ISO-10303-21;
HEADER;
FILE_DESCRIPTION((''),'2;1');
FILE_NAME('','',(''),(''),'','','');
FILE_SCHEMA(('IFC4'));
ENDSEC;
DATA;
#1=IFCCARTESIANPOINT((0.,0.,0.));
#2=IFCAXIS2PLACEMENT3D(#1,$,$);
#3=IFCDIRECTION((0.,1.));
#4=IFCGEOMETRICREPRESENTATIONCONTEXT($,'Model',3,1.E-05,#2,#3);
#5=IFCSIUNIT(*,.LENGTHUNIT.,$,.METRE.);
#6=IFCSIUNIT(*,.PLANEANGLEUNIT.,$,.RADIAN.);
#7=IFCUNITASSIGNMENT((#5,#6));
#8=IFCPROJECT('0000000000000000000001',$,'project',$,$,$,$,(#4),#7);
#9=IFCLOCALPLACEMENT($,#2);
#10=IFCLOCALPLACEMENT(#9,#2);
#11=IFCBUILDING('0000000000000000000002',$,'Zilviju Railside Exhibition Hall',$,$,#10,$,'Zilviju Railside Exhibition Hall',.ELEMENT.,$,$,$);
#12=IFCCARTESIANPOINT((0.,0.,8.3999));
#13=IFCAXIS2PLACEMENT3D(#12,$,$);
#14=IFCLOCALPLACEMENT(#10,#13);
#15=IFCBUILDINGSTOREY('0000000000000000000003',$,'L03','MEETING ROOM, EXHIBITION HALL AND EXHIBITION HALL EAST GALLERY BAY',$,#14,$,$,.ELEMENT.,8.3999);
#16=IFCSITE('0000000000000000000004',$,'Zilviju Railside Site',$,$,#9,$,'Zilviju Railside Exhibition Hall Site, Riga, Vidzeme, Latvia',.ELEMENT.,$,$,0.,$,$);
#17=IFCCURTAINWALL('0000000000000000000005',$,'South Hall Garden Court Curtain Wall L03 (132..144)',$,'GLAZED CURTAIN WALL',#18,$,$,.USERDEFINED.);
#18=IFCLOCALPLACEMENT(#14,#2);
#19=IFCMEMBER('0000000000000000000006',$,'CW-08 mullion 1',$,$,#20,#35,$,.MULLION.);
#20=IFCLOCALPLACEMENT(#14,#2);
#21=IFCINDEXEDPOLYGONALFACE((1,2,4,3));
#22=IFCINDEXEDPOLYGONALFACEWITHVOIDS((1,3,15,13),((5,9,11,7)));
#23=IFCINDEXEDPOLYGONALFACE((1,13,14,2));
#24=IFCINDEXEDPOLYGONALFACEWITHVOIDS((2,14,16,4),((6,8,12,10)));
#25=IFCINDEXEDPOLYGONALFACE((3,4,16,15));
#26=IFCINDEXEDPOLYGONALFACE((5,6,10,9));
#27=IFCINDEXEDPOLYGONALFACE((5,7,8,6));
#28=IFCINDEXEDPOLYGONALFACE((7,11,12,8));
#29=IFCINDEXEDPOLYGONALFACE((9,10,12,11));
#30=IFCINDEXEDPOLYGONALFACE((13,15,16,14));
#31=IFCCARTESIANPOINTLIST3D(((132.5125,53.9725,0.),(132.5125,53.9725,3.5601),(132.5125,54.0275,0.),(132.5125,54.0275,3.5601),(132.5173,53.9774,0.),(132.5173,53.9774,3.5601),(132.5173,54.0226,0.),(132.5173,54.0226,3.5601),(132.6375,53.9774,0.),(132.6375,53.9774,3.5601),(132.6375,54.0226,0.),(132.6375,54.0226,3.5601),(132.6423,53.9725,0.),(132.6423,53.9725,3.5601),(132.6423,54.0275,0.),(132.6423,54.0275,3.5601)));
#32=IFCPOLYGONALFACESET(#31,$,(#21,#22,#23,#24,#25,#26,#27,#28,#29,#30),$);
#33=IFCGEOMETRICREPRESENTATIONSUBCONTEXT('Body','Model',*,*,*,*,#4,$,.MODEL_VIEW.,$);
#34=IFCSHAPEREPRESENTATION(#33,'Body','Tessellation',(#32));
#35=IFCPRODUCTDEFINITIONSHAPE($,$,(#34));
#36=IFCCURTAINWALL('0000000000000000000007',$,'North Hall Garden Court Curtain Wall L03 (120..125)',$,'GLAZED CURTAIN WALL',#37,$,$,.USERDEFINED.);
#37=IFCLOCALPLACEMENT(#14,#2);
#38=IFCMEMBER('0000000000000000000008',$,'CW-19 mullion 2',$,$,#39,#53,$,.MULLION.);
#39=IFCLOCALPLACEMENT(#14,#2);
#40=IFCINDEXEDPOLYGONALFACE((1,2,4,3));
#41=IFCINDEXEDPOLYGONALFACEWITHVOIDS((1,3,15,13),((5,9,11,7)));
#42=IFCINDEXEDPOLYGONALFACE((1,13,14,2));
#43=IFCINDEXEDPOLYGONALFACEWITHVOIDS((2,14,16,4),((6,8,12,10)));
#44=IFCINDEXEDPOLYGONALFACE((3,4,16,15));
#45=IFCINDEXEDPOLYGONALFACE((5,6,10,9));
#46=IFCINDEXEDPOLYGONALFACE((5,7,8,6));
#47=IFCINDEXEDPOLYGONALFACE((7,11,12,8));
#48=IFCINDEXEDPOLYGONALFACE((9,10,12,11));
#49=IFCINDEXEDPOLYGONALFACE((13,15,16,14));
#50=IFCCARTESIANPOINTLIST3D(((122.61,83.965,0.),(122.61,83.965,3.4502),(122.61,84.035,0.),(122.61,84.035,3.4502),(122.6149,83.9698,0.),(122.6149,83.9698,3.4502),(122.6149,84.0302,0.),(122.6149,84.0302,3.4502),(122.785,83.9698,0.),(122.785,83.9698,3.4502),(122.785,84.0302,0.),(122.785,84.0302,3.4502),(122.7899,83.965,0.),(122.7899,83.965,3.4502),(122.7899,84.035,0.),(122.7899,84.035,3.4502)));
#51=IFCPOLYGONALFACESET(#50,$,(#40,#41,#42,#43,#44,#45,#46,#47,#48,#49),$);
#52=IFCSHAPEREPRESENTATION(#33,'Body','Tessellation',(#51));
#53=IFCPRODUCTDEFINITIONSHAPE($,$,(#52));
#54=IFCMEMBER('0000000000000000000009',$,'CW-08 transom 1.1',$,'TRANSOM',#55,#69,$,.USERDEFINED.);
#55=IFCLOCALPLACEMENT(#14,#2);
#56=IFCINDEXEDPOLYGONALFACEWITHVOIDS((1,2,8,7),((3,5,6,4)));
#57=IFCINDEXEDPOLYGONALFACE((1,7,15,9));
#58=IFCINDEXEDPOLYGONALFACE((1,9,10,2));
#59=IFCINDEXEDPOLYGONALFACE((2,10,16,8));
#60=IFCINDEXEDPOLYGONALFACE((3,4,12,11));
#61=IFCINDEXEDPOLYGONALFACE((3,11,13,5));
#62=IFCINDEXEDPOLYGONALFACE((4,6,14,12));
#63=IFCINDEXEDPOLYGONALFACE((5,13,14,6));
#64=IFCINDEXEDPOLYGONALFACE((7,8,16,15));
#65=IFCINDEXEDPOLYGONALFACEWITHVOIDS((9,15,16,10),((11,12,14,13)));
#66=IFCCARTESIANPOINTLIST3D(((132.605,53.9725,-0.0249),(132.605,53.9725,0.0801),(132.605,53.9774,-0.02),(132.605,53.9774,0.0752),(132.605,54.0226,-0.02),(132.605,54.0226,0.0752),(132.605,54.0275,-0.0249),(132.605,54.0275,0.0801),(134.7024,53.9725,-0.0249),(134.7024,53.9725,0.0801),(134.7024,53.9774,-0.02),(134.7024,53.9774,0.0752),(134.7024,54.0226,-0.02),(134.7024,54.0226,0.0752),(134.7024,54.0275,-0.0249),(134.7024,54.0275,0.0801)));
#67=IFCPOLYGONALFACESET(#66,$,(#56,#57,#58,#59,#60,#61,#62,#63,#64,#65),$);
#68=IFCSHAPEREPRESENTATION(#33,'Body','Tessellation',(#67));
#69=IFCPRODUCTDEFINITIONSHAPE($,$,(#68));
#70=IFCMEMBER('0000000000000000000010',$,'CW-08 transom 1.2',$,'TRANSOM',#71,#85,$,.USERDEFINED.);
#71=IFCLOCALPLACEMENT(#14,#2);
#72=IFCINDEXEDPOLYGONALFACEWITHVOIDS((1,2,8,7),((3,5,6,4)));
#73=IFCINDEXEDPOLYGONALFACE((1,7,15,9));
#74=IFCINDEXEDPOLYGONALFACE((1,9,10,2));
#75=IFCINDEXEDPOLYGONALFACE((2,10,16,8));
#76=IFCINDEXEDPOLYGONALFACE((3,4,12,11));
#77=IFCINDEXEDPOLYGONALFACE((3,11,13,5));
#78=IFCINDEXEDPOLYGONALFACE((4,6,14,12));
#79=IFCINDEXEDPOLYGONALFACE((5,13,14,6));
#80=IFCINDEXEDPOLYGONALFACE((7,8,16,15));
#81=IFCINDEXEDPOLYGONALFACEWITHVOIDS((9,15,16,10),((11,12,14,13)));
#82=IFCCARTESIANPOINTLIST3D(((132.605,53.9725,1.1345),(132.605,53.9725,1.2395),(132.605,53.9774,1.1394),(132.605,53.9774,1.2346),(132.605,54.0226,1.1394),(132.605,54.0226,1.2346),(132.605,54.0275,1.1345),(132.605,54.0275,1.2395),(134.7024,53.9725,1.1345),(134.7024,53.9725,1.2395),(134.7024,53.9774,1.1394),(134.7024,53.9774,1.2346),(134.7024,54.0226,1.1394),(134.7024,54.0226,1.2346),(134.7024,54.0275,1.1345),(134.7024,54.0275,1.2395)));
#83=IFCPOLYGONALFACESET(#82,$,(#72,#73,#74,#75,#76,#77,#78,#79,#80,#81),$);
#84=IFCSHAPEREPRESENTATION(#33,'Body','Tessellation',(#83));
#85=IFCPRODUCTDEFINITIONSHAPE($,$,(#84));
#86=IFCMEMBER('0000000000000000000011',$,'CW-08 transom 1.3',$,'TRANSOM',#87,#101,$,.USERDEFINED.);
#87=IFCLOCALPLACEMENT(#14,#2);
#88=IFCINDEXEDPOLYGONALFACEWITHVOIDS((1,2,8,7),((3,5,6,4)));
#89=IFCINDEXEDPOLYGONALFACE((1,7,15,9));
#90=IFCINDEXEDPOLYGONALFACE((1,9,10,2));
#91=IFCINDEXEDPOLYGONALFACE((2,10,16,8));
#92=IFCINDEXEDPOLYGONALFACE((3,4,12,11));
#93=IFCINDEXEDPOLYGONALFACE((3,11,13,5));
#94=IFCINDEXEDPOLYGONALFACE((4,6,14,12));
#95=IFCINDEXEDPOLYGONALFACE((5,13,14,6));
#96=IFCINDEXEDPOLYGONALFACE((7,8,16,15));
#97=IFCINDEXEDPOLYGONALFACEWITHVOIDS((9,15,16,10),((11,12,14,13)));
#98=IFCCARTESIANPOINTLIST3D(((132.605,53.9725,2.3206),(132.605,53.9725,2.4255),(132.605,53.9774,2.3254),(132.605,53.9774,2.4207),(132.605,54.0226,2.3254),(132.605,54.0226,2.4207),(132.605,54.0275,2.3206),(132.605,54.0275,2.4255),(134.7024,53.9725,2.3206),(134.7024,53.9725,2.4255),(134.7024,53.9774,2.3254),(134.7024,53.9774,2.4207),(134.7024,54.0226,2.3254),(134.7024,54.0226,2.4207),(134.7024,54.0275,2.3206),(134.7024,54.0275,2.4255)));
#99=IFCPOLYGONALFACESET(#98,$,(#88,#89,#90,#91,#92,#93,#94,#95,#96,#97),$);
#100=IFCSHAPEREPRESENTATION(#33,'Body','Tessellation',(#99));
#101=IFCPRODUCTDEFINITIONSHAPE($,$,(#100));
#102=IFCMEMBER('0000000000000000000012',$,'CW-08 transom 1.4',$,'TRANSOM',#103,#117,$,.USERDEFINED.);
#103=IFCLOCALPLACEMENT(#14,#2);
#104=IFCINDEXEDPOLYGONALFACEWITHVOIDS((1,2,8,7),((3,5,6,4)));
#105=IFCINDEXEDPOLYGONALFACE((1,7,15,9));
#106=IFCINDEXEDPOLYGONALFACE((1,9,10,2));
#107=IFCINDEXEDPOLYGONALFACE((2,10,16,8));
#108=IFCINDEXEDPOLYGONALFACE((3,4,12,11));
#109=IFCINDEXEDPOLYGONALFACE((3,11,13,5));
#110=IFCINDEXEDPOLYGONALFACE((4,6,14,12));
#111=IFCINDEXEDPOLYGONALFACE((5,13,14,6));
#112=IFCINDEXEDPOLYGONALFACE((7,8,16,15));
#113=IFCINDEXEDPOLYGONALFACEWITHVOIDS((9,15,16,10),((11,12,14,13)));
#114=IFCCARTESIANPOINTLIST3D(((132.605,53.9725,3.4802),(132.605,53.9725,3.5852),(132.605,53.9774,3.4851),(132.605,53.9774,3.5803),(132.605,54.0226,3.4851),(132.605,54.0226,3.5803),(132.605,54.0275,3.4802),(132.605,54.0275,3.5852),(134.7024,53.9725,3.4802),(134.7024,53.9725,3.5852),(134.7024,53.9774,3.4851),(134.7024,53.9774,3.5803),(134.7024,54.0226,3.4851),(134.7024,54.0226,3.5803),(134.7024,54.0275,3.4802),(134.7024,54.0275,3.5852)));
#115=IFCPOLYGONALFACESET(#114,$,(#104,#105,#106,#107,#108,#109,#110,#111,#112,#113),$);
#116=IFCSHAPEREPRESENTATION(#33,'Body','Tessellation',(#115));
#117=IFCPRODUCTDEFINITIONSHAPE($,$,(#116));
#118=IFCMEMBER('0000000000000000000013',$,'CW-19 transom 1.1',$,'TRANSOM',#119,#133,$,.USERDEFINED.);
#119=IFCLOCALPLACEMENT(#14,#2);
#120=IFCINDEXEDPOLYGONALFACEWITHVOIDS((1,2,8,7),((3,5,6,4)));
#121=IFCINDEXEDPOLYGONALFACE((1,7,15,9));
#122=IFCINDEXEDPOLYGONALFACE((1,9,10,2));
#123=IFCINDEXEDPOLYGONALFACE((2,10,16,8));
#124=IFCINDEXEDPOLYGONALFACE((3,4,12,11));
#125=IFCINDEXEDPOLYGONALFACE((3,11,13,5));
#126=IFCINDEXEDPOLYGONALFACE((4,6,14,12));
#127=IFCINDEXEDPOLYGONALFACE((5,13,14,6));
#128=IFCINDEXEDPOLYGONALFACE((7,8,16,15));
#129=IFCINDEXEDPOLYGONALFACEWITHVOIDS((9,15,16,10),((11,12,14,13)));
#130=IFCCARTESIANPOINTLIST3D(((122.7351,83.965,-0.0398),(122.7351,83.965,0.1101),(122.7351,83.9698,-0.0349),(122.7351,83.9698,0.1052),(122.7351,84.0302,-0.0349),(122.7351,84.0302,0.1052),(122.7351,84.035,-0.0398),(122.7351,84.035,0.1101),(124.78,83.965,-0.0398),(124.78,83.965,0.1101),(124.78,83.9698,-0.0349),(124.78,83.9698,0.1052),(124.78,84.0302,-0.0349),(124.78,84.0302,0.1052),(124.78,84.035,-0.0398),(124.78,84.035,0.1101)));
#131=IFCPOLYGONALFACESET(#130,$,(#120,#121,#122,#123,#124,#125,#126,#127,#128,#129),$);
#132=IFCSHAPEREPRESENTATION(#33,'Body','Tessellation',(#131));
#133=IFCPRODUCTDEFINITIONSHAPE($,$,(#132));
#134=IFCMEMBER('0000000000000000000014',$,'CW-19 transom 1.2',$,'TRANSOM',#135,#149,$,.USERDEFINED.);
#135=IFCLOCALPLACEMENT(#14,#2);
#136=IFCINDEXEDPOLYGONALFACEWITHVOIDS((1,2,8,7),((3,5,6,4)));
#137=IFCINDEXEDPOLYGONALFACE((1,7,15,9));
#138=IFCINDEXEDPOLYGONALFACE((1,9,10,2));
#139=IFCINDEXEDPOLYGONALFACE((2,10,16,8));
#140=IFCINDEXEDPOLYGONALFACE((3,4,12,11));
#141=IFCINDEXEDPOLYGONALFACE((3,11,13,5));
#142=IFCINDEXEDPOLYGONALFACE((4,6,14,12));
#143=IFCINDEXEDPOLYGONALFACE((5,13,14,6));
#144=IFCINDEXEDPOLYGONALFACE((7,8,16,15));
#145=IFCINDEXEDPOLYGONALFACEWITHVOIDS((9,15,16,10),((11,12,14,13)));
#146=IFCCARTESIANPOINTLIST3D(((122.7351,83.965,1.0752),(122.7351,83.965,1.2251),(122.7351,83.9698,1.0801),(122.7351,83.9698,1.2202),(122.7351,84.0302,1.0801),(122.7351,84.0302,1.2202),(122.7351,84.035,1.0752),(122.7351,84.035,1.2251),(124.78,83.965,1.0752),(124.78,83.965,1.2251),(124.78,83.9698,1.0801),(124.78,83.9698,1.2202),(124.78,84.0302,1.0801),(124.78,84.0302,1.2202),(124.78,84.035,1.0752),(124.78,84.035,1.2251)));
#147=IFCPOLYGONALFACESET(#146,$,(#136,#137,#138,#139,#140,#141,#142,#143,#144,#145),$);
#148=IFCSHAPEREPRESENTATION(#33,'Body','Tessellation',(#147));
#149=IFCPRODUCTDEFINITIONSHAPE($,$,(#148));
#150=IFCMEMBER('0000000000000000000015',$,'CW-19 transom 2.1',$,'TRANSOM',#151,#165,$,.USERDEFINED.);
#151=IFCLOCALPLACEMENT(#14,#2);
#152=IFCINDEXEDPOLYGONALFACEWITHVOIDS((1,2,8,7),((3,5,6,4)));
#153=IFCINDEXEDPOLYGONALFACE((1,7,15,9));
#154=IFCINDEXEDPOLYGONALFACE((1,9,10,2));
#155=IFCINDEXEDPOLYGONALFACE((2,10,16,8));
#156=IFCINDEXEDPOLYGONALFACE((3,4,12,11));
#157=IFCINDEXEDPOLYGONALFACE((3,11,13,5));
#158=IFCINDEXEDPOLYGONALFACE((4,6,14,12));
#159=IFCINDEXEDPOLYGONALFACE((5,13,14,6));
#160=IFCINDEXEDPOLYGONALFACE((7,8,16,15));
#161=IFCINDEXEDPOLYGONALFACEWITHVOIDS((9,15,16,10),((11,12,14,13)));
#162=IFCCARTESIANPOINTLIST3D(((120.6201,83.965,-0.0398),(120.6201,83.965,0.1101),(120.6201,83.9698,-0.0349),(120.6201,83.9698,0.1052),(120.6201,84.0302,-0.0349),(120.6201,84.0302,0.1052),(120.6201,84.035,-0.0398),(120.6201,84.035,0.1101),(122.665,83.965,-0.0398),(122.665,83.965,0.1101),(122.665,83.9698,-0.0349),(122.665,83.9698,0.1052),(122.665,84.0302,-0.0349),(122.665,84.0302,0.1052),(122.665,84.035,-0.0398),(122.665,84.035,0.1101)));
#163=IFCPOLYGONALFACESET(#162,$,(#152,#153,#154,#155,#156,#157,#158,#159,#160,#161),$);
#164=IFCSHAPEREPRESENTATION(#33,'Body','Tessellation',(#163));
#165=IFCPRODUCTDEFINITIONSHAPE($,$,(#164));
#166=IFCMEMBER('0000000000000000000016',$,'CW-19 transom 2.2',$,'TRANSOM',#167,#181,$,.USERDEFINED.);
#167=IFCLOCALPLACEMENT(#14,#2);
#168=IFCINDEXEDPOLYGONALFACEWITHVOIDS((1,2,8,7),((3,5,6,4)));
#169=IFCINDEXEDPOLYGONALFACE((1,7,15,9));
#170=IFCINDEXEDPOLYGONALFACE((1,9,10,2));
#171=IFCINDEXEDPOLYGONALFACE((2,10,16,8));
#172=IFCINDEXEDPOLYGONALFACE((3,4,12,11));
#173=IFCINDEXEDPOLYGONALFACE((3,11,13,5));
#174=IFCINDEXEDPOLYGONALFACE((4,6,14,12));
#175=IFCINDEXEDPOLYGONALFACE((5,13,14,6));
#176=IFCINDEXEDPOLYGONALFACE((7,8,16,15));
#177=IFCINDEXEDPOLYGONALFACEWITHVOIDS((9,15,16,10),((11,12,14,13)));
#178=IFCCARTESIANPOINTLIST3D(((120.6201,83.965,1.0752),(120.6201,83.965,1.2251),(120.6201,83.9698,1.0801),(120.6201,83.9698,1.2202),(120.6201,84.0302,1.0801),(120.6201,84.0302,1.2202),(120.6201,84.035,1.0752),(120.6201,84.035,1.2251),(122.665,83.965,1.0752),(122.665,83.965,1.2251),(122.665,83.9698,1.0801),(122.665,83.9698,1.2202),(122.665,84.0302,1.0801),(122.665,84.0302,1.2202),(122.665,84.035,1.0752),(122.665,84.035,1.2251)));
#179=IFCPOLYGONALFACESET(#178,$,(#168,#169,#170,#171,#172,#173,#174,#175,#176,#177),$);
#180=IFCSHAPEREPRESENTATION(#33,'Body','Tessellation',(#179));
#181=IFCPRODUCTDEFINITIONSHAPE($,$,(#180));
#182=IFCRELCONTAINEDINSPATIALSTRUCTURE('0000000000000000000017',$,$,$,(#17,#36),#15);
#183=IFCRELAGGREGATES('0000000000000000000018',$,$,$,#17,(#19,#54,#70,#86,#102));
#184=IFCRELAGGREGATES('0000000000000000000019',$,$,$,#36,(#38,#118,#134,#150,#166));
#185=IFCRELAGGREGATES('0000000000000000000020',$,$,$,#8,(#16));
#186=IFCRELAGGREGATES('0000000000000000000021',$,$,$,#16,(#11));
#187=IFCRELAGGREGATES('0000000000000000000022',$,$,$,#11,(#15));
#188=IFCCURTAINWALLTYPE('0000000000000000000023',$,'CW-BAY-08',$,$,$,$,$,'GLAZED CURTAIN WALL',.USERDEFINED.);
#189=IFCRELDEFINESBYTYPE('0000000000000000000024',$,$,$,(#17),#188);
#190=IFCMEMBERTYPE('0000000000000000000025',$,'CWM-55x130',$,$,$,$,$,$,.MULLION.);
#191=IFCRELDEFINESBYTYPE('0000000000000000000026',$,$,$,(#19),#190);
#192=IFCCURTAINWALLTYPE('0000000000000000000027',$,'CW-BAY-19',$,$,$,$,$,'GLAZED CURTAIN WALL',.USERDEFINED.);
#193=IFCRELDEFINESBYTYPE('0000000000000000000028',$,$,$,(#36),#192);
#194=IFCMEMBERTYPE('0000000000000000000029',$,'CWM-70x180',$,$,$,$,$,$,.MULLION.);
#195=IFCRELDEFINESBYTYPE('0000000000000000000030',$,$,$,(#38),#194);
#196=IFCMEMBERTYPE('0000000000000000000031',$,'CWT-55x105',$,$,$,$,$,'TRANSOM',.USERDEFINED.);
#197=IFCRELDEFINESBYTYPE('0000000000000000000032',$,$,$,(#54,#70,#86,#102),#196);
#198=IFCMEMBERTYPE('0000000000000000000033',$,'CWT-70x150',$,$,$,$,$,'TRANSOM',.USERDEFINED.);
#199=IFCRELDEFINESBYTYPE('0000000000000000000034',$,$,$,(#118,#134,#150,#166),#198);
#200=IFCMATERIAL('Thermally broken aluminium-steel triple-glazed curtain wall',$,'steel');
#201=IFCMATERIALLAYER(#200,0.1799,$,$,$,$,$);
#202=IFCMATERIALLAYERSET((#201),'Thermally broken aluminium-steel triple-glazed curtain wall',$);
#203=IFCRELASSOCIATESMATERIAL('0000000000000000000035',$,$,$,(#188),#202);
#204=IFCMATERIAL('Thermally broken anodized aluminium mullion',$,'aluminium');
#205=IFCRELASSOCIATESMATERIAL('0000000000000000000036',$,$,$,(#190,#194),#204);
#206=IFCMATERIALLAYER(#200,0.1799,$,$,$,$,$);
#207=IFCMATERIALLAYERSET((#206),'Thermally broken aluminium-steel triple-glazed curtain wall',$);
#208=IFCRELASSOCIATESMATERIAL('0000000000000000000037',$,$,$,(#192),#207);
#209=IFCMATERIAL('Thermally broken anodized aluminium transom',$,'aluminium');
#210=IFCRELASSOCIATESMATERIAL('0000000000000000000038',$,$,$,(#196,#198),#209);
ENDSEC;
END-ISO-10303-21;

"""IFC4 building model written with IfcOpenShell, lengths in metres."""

from ifc_helpers import new_model, si_unit, direction, frame, origin, origin_2d, place, context, subcontext, project, spatial, hollow_rectangle, extrude, material, layer, layer_set, material_profile, profile_set, type_object, element, aggregate, save


model = new_model("IFC4")

# Units and contexts
model_context = context("Model", 3, precision=1e-05, world=origin(), true_north=direction((0.0, 1.0)))
body_context = subcontext(model_context, "Body", "Model", "MODEL_VIEW")
ifc_project = project(units=[si_unit("LENGTHUNIT", "METRE"), si_unit("PLANEANGLEUNIT", "RADIAN")], contexts=[model_context])

# Site, building, storey
site_placement = place(None, origin())
site = spatial("IfcSite", under=ifc_project, at=site_placement, Name="Zilviju Railside Site", LongName="Zilviju Railside Exhibition Hall Site, Riga, Vidzeme, Latvia", CompositionType="ELEMENT", RefElevation=0.0)
building_placement = place(site_placement, origin())
building = spatial("IfcBuilding", under=site, at=building_placement, Name="Zilviju Railside Exhibition Hall", LongName="Zilviju Railside Exhibition Hall", CompositionType="ELEMENT")
storey_placement = place(building_placement, frame((0.0, 0.0, 8.3999)))
storey = spatial("IfcBuildingStorey", under=building, at=storey_placement, Name="L03", Description="MEETING ROOM, EXHIBITION HALL AND EXHIBITION HALL EAST GALLERY BAY", CompositionType="ELEMENT", Elevation=8.3999)

# Curtain walls, members
ifc_material_1 = material(Name="Thermally broken aluminium-steel triple-glazed curtain wall", Category="steel")
ifc_layer_1 = layer(ifc_material_1, 0.1799)
ifc_layer_set_1 = layer_set([ifc_layer_1], Name="Thermally broken aluminium-steel triple-glazed curtain wall")
curtain_wall_type_1 = type_object("IfcCurtainWallType", Name="CW-BAY-08", ElementType="GLAZED CURTAIN WALL", PredefinedType="USERDEFINED", material=ifc_layer_set_1)
curtain_wall_1_placement = place(storey_placement, origin())
curtain_wall_1 = element("IfcCurtainWall", 1, at=curtain_wall_1_placement, inside=storey, type_object=curtain_wall_type_1, Name="South Hall Garden Court Curtain Wall L03 (132..144)", ObjectType="GLAZED CURTAIN WALL", PredefinedType="USERDEFINED")
ifc_material_2 = material(Name="Thermally broken anodized aluminium mullion", Category="aluminium")
ifc_material_profile_1 = material_profile(ifc_material_2, hollow_rectangle(XDim=0.0549, YDim=0.1299, WallThickness=0.0049, at=origin_2d()), Name="MULLION 130x55x5")
ifc_profile_set_1 = profile_set([ifc_material_profile_1], Name="Thermally broken anodized aluminium mullion")
member_type_1 = type_object("IfcMemberType", Name="CWM-55x130", PredefinedType="MULLION", material=ifc_profile_set_1)
member_1_placement = place(storey_placement, frame((132.5774, 54.0, 0.0), z_axis=(0.0, 0.0, 1.0), x_axis=(0.0, 1.0, 0.0)))
member_1 = element("IfcMember", 2, at=member_1_placement, type_object=member_type_1, Name="CW-08 mullion 1", PredefinedType="MULLION", context=body_context, shape_type="SweptSolid", body=[
    extrude(hollow_rectangle(XDim=0.0549, YDim=0.1299, WallThickness=0.0049, at=origin_2d()), origin(), (0.0, 0.0, 1.0), 3.5601),
])
ifc_layer_2 = layer(ifc_material_1, 0.1799)
ifc_layer_set_2 = layer_set([ifc_layer_2], Name="Thermally broken aluminium-steel triple-glazed curtain wall")
curtain_wall_type_2 = type_object("IfcCurtainWallType", Name="CW-BAY-19", ElementType="GLAZED CURTAIN WALL", PredefinedType="USERDEFINED", material=ifc_layer_set_2)
curtain_wall_2_placement = place(storey_placement, origin())
curtain_wall_2 = element("IfcCurtainWall", 3, at=curtain_wall_2_placement, inside=storey, type_object=curtain_wall_type_2, Name="North Hall Garden Court Curtain Wall L03 (120..125)", ObjectType="GLAZED CURTAIN WALL", PredefinedType="USERDEFINED")
ifc_material_profile_2 = material_profile(ifc_material_2, hollow_rectangle(XDim=0.0701, YDim=0.1799, WallThickness=0.0049, at=origin_2d()), Name="MULLION 180x70x5")
ifc_profile_set_2 = profile_set([ifc_material_profile_2], Name="Thermally broken anodized aluminium mullion")
member_type_2 = type_object("IfcMemberType", Name="CWM-70x180", PredefinedType="MULLION", material=ifc_profile_set_2)
member_2_placement = place(storey_placement, frame((122.7, 84.0, 0.0), z_axis=(0.0, 0.0, 1.0), x_axis=(0.0, -1.0, 0.0)))
member_2 = element("IfcMember", 4, at=member_2_placement, type_object=member_type_2, Name="CW-19 mullion 2", PredefinedType="MULLION", context=body_context, shape_type="SweptSolid", body=[
    extrude(hollow_rectangle(XDim=0.0701, YDim=0.1799, WallThickness=0.0049, at=origin_2d()), origin(), (0.0, 0.0, 1.0), 3.4502),
])

# Members
ifc_material_3 = material(Name="Thermally broken anodized aluminium transom", Category="aluminium")
ifc_material_profile_3 = material_profile(ifc_material_3, hollow_rectangle(XDim=0.0549, YDim=0.105, WallThickness=0.0049, at=origin_2d()), Name="TRANSOM 105x55x5")
ifc_profile_set_3 = profile_set([ifc_material_profile_3], Name="Thermally broken anodized aluminium transom")
member_type_3 = type_object("IfcMemberType", Name="CWT-55x105", ElementType="TRANSOM", PredefinedType="USERDEFINED", material=ifc_profile_set_3)
member_3_placement = place(storey_placement, frame((132.605, 54.0, 0.0276), z_axis=(1.0, 0.0, 0.0), x_axis=(0.0, 1.0, 0.0)))
member_3 = element("IfcMember", 5, at=member_3_placement, type_object=member_type_3, Name="CW-08 transom 1.1", ObjectType="TRANSOM", PredefinedType="USERDEFINED", context=body_context, shape_type="SweptSolid", body=[
    extrude(hollow_rectangle(XDim=0.0549, YDim=0.105, WallThickness=0.0049, at=origin_2d()), origin(), (0.0, 0.0, 1.0), 2.0974),
])
member_4_placement = place(storey_placement, frame((132.605, 54.0, 1.187), z_axis=(1.0, 0.0, 0.0), x_axis=(0.0, 1.0, 0.0)))
member_4 = element("IfcMember", 6, at=member_4_placement, type_object=member_type_3, Name="CW-08 transom 1.2", ObjectType="TRANSOM", PredefinedType="USERDEFINED", context=body_context, shape_type="SweptSolid", body=[
    extrude(hollow_rectangle(XDim=0.0549, YDim=0.105, WallThickness=0.0049, at=origin_2d()), origin(), (0.0, 0.0, 1.0), 2.0974),
])
member_5_placement = place(storey_placement, frame((132.605, 54.0, 2.373), z_axis=(1.0, 0.0, 0.0), x_axis=(0.0, 1.0, 0.0)))
member_5 = element("IfcMember", 7, at=member_5_placement, type_object=member_type_3, Name="CW-08 transom 1.3", ObjectType="TRANSOM", PredefinedType="USERDEFINED", context=body_context, shape_type="SweptSolid", body=[
    extrude(hollow_rectangle(XDim=0.0549, YDim=0.105, WallThickness=0.0049, at=origin_2d()), origin(), (0.0, 0.0, 1.0), 2.0974),
])
member_6_placement = place(storey_placement, frame((132.605, 54.0, 3.5327), z_axis=(1.0, 0.0, 0.0), x_axis=(0.0, 1.0, 0.0)))
member_6 = element("IfcMember", 8, at=member_6_placement, type_object=member_type_3, Name="CW-08 transom 1.4", ObjectType="TRANSOM", PredefinedType="USERDEFINED", context=body_context, shape_type="SweptSolid", body=[
    extrude(hollow_rectangle(XDim=0.0549, YDim=0.105, WallThickness=0.0049, at=origin_2d()), origin(), (0.0, 0.0, 1.0), 2.0974),
])
ifc_material_profile_4 = material_profile(ifc_material_3, hollow_rectangle(XDim=0.0701, YDim=0.1499, WallThickness=0.0049, at=origin_2d()), Name="TRANSOM 150x70x5")
ifc_profile_set_4 = profile_set([ifc_material_profile_4], Name="Thermally broken anodized aluminium transom")
member_type_4 = type_object("IfcMemberType", Name="CWT-70x150", ElementType="TRANSOM", PredefinedType="USERDEFINED", material=ifc_profile_set_4)
member_7_placement = place(storey_placement, frame((124.78, 84.0, 0.0352), z_axis=(-1.0, 0.0, 0.0), x_axis=(0.0, -1.0, 0.0)))
member_7 = element("IfcMember", 9, at=member_7_placement, type_object=member_type_4, Name="CW-19 transom 1.1", ObjectType="TRANSOM", PredefinedType="USERDEFINED", context=body_context, shape_type="SweptSolid", body=[
    extrude(hollow_rectangle(XDim=0.0701, YDim=0.1499, WallThickness=0.0049, at=origin_2d()), origin(), (0.0, 0.0, 1.0), 2.0449),
])
member_8_placement = place(storey_placement, frame((124.78, 84.0, 1.1501), z_axis=(-1.0, 0.0, 0.0), x_axis=(0.0, -1.0, 0.0)))
member_8 = element("IfcMember", 10, at=member_8_placement, type_object=member_type_4, Name="CW-19 transom 1.2", ObjectType="TRANSOM", PredefinedType="USERDEFINED", context=body_context, shape_type="SweptSolid", body=[
    extrude(hollow_rectangle(XDim=0.0701, YDim=0.1499, WallThickness=0.0049, at=origin_2d()), origin(), (0.0, 0.0, 1.0), 2.0449),
])
member_9_placement = place(storey_placement, frame((122.665, 84.0, 0.0352), z_axis=(-1.0, 0.0, 0.0), x_axis=(0.0, -1.0, 0.0)))
member_9 = element("IfcMember", 11, at=member_9_placement, type_object=member_type_4, Name="CW-19 transom 2.1", ObjectType="TRANSOM", PredefinedType="USERDEFINED", context=body_context, shape_type="SweptSolid", body=[
    extrude(hollow_rectangle(XDim=0.0701, YDim=0.1499, WallThickness=0.0049, at=origin_2d()), origin(), (0.0, 0.0, 1.0), 2.0449),
])
member_10_placement = place(storey_placement, frame((122.665, 84.0, 1.1501), z_axis=(-1.0, 0.0, 0.0), x_axis=(0.0, -1.0, 0.0)))
member_10 = element("IfcMember", 12, at=member_10_placement, type_object=member_type_4, Name="CW-19 transom 2.2", ObjectType="TRANSOM", PredefinedType="USERDEFINED", context=body_context, shape_type="SweptSolid", body=[
    extrude(hollow_rectangle(XDim=0.0701, YDim=0.1499, WallThickness=0.0049, at=origin_2d()), origin(), (0.0, 0.0, 1.0), 2.0449),
])

aggregate(curtain_wall_1, [member_1, member_3, member_4, member_5, member_6])
aggregate(curtain_wall_2, [member_2, member_7, member_8, member_9, member_10])

save(model, "model.ifc")
